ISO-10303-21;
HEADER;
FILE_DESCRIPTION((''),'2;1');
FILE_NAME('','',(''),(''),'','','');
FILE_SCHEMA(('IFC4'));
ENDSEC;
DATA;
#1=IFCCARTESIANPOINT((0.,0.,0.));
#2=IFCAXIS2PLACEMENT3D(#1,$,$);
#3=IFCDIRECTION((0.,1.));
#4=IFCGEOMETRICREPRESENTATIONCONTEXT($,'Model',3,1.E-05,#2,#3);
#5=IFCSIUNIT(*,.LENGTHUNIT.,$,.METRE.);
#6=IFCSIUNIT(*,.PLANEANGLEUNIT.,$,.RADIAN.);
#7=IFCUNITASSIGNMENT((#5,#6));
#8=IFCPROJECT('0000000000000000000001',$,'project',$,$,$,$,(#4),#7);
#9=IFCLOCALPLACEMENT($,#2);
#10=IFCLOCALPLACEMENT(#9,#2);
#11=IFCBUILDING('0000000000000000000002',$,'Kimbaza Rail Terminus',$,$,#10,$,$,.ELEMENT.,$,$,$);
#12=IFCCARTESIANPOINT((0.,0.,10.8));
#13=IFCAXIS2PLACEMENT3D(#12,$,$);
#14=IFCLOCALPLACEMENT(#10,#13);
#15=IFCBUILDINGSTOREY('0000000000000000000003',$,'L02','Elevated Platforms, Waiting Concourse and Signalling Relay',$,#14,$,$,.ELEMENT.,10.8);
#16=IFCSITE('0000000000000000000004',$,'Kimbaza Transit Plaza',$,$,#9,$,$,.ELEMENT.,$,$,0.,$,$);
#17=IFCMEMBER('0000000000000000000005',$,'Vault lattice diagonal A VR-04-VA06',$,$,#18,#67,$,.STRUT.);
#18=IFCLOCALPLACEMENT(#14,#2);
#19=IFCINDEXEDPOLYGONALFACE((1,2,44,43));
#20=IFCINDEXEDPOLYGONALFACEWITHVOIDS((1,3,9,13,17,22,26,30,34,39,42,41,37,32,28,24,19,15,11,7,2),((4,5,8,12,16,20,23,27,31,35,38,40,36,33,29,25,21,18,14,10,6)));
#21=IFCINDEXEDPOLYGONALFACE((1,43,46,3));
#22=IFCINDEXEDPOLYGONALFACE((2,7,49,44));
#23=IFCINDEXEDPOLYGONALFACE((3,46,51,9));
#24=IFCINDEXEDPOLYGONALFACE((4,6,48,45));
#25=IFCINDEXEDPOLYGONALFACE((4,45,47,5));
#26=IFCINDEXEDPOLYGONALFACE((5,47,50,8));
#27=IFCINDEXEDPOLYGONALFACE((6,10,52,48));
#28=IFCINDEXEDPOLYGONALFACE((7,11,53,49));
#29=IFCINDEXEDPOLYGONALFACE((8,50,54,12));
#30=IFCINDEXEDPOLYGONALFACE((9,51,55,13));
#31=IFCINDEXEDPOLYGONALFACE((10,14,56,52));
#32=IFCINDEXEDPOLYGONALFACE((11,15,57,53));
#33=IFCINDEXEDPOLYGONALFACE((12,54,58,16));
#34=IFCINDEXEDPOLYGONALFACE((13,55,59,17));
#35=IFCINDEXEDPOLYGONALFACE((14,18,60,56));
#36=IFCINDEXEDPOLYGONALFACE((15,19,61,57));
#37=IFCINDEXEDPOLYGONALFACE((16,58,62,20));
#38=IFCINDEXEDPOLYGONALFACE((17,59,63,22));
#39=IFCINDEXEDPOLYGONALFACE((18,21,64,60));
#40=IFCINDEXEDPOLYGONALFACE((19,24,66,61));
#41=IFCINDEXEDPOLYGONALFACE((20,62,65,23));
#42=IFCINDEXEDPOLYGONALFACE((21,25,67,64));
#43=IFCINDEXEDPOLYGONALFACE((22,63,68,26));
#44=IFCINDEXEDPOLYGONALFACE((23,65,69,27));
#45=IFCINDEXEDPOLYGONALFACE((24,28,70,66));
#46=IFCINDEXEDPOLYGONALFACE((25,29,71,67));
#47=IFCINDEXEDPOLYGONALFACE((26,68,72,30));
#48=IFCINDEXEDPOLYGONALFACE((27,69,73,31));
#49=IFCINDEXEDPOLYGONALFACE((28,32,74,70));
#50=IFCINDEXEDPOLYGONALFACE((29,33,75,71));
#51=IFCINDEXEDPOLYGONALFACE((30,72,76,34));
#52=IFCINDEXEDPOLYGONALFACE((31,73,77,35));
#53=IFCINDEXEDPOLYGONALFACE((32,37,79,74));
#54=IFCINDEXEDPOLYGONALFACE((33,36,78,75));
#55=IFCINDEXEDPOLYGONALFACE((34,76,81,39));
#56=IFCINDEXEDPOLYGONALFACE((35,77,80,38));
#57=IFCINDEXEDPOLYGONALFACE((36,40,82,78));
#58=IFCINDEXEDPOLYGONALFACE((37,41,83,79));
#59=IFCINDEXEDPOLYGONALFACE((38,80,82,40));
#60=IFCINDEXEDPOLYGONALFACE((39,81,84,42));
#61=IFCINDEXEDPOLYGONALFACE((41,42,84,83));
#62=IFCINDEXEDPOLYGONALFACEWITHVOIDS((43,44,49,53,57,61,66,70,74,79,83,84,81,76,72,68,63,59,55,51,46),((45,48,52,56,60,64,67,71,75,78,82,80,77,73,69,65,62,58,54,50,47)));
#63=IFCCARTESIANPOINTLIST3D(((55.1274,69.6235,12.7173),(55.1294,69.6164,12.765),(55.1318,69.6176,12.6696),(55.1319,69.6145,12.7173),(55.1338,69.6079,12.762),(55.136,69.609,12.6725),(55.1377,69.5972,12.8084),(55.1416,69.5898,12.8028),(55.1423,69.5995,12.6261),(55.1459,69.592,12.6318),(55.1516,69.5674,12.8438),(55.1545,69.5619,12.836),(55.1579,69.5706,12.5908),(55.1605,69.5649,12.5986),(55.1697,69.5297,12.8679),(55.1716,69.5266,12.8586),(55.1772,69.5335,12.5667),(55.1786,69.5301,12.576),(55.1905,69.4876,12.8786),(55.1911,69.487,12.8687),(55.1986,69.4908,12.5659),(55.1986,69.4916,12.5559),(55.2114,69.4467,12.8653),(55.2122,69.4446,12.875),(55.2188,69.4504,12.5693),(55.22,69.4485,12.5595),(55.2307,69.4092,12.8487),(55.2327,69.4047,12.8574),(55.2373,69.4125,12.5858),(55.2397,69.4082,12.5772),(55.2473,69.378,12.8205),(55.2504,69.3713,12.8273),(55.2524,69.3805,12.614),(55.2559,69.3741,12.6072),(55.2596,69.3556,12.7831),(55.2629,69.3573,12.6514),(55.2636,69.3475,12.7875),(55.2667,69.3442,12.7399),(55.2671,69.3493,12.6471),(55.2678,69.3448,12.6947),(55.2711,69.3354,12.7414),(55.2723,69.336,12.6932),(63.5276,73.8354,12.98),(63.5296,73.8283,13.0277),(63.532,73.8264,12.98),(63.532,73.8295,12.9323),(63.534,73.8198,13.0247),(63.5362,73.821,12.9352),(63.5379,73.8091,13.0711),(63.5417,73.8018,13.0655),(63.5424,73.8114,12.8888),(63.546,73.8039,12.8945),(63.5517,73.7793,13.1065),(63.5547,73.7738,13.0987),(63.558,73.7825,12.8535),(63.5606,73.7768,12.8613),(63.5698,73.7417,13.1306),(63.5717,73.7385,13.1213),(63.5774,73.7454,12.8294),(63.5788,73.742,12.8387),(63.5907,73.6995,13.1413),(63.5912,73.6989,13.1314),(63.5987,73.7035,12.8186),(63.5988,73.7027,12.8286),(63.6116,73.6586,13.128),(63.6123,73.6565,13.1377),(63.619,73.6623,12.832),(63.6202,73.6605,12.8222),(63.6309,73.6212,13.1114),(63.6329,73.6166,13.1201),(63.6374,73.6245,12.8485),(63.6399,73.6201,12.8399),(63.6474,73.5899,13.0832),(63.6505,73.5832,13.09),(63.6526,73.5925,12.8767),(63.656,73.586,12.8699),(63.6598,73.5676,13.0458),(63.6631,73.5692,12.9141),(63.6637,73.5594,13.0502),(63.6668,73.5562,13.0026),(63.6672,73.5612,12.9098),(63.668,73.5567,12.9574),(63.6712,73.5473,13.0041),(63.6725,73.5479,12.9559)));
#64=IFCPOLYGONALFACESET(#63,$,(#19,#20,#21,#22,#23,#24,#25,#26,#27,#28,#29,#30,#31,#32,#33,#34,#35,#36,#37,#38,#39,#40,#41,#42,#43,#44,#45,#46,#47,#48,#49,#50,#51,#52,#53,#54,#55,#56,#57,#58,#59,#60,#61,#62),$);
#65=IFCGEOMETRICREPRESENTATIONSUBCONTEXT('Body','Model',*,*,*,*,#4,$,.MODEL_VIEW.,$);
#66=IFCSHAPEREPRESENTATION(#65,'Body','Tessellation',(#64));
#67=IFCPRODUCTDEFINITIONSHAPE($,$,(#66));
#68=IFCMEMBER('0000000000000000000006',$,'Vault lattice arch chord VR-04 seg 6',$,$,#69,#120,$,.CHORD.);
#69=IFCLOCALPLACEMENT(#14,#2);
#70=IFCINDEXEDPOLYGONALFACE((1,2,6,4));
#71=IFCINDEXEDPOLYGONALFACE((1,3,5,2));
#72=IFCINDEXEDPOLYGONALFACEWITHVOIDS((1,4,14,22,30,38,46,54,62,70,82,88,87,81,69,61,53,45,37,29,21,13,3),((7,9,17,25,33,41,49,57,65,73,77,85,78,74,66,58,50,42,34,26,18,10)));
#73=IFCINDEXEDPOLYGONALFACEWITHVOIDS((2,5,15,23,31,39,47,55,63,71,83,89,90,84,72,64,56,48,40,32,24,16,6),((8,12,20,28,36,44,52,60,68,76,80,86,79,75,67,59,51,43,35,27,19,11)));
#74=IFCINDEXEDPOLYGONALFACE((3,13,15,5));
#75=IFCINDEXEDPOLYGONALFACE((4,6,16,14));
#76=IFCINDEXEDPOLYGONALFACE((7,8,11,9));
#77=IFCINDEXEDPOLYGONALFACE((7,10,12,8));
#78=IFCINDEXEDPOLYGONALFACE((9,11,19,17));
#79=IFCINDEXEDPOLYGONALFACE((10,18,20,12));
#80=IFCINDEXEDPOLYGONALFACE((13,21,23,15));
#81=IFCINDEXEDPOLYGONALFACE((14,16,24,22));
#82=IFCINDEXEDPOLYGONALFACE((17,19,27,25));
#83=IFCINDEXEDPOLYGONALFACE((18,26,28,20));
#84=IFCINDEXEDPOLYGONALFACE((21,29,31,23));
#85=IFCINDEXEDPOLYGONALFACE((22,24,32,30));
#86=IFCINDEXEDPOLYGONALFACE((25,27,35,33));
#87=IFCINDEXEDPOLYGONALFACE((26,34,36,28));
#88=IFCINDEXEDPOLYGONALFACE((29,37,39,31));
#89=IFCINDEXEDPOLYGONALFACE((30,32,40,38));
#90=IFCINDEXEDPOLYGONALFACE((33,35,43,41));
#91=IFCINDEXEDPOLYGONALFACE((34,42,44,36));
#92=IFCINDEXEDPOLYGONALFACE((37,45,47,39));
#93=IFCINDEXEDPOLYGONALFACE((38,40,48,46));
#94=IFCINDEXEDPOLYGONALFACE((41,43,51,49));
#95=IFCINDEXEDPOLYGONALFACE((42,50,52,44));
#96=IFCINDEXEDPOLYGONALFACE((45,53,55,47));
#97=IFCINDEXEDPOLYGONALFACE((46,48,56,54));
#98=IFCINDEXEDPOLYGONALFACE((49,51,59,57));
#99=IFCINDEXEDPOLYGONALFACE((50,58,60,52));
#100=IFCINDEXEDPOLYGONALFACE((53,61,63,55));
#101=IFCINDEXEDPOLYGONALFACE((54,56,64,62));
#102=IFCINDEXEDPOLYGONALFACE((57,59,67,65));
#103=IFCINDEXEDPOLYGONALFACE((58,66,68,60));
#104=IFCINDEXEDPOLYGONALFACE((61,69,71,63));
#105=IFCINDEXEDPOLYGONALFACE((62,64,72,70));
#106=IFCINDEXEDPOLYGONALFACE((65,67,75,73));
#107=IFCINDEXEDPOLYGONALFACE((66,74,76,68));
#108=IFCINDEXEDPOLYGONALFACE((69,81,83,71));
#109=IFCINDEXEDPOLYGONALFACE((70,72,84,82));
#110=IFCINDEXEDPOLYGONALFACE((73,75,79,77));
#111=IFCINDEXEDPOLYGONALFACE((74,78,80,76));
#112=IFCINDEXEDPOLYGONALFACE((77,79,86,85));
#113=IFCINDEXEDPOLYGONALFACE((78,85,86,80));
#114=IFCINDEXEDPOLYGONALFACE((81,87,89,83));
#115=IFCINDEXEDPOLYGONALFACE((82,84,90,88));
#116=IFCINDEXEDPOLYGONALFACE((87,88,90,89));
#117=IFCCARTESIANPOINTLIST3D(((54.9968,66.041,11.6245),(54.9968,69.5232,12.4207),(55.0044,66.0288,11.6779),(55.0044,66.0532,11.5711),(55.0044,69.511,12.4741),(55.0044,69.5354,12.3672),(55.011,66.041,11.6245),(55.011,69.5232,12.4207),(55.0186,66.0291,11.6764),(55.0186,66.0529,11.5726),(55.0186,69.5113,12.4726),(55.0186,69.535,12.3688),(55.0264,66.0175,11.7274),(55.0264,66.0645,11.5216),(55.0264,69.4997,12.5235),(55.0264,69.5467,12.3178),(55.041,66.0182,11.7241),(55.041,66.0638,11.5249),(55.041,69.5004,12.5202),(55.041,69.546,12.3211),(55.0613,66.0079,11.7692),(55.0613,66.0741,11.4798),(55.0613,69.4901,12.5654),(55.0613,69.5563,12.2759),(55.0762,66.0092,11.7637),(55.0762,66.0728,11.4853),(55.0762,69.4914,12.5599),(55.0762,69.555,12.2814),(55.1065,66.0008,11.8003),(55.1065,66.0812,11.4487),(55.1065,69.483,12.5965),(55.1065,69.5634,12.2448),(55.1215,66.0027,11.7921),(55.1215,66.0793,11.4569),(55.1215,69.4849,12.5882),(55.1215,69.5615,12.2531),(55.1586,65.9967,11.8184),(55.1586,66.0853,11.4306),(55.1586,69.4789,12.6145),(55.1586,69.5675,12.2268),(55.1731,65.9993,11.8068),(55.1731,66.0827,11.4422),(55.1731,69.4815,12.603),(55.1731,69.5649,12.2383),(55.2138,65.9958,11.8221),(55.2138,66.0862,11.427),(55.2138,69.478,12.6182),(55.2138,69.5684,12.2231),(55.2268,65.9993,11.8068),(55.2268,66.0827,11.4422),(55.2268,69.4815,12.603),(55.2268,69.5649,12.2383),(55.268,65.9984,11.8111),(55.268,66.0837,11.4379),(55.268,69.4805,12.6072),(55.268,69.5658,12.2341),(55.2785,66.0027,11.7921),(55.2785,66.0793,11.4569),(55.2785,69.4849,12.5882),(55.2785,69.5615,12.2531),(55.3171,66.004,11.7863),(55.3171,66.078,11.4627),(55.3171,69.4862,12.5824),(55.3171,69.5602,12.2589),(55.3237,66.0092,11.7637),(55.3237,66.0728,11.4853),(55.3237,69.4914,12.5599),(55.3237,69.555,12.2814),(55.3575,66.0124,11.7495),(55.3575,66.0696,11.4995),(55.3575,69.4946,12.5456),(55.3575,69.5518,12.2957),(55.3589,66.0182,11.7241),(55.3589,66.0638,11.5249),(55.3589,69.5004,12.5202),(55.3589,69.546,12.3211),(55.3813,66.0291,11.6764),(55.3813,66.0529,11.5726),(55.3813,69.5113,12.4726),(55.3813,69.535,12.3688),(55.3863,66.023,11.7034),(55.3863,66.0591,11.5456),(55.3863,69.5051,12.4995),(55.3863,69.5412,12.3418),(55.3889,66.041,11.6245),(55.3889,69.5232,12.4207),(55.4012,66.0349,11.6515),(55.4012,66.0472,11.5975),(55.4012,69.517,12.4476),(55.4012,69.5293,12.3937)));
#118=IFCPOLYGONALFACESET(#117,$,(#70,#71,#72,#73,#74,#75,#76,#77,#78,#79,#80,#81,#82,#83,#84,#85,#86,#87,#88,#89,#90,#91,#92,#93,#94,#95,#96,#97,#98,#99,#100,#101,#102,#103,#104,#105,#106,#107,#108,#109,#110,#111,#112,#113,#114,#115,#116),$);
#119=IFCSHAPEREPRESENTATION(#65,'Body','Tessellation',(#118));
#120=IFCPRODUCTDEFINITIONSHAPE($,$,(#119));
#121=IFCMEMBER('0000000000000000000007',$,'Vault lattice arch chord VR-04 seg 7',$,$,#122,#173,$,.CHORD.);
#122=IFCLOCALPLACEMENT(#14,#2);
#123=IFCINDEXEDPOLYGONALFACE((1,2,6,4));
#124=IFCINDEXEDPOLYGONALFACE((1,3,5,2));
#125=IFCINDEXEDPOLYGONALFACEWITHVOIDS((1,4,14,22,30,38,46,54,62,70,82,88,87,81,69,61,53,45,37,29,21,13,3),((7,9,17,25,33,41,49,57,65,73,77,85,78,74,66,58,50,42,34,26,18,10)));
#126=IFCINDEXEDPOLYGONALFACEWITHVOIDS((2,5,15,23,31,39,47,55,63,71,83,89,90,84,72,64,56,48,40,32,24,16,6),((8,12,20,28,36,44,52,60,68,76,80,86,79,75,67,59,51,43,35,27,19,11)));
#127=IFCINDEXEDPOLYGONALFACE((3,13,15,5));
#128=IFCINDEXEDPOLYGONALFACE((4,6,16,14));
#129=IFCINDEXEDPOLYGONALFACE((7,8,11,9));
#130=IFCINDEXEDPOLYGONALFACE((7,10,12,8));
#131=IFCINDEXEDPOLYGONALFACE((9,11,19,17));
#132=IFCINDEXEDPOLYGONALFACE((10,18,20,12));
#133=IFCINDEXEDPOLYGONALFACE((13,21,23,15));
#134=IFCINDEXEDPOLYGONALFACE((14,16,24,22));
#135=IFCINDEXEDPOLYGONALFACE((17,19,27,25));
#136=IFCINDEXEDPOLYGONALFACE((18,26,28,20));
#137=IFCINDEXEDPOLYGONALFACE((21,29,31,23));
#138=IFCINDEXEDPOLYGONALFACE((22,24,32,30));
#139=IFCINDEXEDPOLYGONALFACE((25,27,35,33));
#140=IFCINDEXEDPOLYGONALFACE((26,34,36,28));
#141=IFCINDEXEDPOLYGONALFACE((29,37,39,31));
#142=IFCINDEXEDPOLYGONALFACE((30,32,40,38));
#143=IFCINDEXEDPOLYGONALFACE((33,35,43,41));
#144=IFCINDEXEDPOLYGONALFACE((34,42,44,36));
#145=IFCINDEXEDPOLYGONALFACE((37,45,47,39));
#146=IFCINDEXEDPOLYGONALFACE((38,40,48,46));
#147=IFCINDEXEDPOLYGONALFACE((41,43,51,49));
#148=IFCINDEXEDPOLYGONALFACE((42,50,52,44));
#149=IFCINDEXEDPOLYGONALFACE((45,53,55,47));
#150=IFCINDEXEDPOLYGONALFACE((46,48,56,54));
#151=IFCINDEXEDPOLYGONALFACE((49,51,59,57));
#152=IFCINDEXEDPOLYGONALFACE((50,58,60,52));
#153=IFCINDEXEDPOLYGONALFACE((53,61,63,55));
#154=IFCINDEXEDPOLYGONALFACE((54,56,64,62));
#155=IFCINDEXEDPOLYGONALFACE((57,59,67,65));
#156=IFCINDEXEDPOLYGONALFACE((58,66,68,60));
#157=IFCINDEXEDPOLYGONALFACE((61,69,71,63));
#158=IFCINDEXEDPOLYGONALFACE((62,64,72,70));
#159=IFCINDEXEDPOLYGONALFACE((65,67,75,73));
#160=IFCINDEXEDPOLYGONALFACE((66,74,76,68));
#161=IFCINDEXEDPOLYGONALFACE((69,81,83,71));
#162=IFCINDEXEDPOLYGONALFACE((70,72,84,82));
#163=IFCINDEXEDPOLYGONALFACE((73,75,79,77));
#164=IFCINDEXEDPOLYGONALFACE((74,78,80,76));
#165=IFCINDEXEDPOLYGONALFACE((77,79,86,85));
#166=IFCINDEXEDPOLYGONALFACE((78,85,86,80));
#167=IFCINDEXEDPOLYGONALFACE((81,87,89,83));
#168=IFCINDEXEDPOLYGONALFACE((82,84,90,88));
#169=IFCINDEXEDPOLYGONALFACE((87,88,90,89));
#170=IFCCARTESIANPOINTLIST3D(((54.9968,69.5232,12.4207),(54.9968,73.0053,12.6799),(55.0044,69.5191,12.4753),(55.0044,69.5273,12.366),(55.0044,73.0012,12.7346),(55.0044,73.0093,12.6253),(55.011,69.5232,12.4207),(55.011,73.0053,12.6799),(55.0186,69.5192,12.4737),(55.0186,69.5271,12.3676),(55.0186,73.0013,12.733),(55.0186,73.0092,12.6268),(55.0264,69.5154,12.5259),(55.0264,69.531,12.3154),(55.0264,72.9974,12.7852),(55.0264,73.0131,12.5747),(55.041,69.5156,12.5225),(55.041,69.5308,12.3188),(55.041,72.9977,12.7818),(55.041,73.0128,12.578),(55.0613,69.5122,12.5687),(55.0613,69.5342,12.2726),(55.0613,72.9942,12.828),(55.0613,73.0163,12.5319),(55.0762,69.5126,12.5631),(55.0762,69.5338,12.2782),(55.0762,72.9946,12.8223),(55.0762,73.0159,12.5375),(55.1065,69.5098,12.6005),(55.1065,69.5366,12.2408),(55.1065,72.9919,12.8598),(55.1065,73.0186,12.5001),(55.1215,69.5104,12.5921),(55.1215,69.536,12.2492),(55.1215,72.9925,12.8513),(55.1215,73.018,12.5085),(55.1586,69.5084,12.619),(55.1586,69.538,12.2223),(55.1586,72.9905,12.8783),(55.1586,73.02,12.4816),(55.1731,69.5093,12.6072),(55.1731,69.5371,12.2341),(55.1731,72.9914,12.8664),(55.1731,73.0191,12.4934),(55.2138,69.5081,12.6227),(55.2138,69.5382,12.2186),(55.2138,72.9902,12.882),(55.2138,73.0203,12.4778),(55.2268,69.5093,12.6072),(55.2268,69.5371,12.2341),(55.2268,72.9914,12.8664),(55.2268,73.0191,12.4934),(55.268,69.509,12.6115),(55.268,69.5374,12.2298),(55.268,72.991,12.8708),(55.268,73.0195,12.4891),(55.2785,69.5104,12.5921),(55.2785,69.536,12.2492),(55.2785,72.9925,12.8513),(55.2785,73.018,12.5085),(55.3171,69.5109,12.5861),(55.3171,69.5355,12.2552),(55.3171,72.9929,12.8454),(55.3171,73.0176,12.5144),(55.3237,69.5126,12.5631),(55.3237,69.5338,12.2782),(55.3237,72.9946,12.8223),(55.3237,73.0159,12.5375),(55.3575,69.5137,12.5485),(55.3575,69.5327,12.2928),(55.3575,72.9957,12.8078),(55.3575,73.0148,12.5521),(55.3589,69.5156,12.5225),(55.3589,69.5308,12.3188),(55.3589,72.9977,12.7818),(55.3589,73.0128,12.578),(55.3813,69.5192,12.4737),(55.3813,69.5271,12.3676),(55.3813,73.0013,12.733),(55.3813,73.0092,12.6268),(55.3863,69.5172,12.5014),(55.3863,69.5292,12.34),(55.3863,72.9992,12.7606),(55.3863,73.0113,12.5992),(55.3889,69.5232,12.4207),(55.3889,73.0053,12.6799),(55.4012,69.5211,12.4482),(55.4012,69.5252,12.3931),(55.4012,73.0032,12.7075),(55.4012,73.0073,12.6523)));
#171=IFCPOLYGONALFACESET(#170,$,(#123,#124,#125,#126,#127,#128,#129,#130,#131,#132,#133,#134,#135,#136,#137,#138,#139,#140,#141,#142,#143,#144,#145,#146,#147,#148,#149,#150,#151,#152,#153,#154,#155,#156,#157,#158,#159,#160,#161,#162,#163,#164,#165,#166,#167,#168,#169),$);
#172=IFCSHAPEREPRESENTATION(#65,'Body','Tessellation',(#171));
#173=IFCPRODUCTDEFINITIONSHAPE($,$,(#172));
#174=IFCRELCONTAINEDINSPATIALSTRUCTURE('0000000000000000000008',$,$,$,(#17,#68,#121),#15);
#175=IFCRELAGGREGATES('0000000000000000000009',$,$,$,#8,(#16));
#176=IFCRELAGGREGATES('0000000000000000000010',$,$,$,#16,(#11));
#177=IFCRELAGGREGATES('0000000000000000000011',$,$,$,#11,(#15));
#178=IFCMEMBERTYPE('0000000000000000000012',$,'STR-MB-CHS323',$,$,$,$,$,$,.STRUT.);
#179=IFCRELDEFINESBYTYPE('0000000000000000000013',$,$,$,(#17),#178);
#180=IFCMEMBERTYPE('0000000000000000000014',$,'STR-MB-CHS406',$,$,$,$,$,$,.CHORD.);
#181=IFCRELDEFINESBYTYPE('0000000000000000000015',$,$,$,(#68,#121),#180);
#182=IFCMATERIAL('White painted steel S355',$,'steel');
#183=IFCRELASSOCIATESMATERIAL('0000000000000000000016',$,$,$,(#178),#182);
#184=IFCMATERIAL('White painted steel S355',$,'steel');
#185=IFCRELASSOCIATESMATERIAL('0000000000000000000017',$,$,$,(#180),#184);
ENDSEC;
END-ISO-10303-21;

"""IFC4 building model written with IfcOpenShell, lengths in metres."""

from ifc_helpers import new_model, si_unit, direction, frame, origin, origin_2d, place, context, subcontext, project, spatial, hollow_circle, extrude, material, material_profile, profile_set, type_object, element, save


model = new_model("IFC4")

# Units and contexts
model_context = context("Model", 3, precision=1e-05, world=origin(), true_north=direction((0.0, 1.0)))
body_context = subcontext(model_context, "Body", "Model", "MODEL_VIEW")
ifc_project = project(units=[si_unit("LENGTHUNIT", "METRE"), si_unit("PLANEANGLEUNIT", "RADIAN")], contexts=[model_context])

# Site, building, storey
site_placement = place(None, origin())
site = spatial("IfcSite", under=ifc_project, at=site_placement, Name="Kimbaza Transit Plaza", CompositionType="ELEMENT", RefElevation=0.0)
building_placement = place(site_placement, origin())
building = spatial("IfcBuilding", under=site, at=building_placement, Name="Kimbaza Rail Terminus", CompositionType="ELEMENT")
storey_placement = place(building_placement, frame((0.0, 0.0, 10.8)))
storey = spatial("IfcBuildingStorey", under=building, at=storey_placement, Name="L02", Description="Elevated Platforms, Waiting Concourse and Signalling Relay", CompositionType="ELEMENT", Elevation=10.8)

# Members
ifc_material_1 = material(Name="White painted steel S355", Category="steel")
ifc_material_profile_1 = material_profile(ifc_material_1, hollow_circle(Radius=0.1619, WallThickness=0.01, at=origin_2d()), Name="CHS 323.9x10")
ifc_profile_set_1 = profile_set([ifc_material_profile_1], Name="White painted steel S355")
member_type_1 = type_object("IfcMemberType", Name="STR-MB-CHS323", PredefinedType="STRUT", material=ifc_profile_set_1)
member_1_placement = place(storey_placement, frame((55.2, 69.4788, 12.7173), z_axis=(0.893573, 0.448046, 0.027944), x_axis=(-0.448221, 0.893923, 0.0)))
element("IfcMember", 1, at=member_1_placement, inside=storey, type_object=member_type_1, Name="Vault lattice diagonal A VR-04-VA06", PredefinedType="STRUT", context=body_context, shape_type="SweptSolid", body=[
    extrude(hollow_circle(Radius=0.1619, WallThickness=0.01, at=origin_2d()), origin(), (0.0, 0.0, 1.0), 9.4006),
])
ifc_material_2 = material(Name="White painted steel S355", Category="steel")
ifc_material_profile_2 = material_profile(ifc_material_2, hollow_circle(Radius=0.2031, WallThickness=0.0142, at=origin_2d()), Name="CHS 406.4x14.2")
ifc_profile_set_2 = profile_set([ifc_material_profile_2], Name="White painted steel S355")
member_type_2 = type_object("IfcMemberType", Name="STR-MB-CHS406", PredefinedType="CHORD", material=ifc_profile_set_2)
member_2_placement = place(storey_placement, frame((55.2, 66.041, 11.6245), z_axis=(0.0, 0.974845, 0.222882), x_axis=(-1.0, 0.0, 0.0)))
element("IfcMember", 2, at=member_2_placement, inside=storey, type_object=member_type_2, Name="Vault lattice arch chord VR-04 seg 6", PredefinedType="CHORD", context=body_context, shape_type="SweptSolid", body=[
    extrude(hollow_circle(Radius=0.2031, WallThickness=0.0142, at=origin_2d()), origin(), (0.0, 0.0, 1.0), 3.572),
])
member_3_placement = place(storey_placement, frame((55.2, 69.5232, 12.4207), z_axis=(0.0, 0.997239, 0.074253), x_axis=(-1.0, 0.0, 0.0)))
element("IfcMember", 3, at=member_3_placement, inside=storey, type_object=member_type_2, Name="Vault lattice arch chord VR-04 seg 7", PredefinedType="CHORD", context=body_context, shape_type="SweptSolid", body=[
    extrude(hollow_circle(Radius=0.2031, WallThickness=0.0142, at=origin_2d()), origin(), (0.0, 0.0, 1.0), 3.4917),
])

save(model, "model.ifc")
